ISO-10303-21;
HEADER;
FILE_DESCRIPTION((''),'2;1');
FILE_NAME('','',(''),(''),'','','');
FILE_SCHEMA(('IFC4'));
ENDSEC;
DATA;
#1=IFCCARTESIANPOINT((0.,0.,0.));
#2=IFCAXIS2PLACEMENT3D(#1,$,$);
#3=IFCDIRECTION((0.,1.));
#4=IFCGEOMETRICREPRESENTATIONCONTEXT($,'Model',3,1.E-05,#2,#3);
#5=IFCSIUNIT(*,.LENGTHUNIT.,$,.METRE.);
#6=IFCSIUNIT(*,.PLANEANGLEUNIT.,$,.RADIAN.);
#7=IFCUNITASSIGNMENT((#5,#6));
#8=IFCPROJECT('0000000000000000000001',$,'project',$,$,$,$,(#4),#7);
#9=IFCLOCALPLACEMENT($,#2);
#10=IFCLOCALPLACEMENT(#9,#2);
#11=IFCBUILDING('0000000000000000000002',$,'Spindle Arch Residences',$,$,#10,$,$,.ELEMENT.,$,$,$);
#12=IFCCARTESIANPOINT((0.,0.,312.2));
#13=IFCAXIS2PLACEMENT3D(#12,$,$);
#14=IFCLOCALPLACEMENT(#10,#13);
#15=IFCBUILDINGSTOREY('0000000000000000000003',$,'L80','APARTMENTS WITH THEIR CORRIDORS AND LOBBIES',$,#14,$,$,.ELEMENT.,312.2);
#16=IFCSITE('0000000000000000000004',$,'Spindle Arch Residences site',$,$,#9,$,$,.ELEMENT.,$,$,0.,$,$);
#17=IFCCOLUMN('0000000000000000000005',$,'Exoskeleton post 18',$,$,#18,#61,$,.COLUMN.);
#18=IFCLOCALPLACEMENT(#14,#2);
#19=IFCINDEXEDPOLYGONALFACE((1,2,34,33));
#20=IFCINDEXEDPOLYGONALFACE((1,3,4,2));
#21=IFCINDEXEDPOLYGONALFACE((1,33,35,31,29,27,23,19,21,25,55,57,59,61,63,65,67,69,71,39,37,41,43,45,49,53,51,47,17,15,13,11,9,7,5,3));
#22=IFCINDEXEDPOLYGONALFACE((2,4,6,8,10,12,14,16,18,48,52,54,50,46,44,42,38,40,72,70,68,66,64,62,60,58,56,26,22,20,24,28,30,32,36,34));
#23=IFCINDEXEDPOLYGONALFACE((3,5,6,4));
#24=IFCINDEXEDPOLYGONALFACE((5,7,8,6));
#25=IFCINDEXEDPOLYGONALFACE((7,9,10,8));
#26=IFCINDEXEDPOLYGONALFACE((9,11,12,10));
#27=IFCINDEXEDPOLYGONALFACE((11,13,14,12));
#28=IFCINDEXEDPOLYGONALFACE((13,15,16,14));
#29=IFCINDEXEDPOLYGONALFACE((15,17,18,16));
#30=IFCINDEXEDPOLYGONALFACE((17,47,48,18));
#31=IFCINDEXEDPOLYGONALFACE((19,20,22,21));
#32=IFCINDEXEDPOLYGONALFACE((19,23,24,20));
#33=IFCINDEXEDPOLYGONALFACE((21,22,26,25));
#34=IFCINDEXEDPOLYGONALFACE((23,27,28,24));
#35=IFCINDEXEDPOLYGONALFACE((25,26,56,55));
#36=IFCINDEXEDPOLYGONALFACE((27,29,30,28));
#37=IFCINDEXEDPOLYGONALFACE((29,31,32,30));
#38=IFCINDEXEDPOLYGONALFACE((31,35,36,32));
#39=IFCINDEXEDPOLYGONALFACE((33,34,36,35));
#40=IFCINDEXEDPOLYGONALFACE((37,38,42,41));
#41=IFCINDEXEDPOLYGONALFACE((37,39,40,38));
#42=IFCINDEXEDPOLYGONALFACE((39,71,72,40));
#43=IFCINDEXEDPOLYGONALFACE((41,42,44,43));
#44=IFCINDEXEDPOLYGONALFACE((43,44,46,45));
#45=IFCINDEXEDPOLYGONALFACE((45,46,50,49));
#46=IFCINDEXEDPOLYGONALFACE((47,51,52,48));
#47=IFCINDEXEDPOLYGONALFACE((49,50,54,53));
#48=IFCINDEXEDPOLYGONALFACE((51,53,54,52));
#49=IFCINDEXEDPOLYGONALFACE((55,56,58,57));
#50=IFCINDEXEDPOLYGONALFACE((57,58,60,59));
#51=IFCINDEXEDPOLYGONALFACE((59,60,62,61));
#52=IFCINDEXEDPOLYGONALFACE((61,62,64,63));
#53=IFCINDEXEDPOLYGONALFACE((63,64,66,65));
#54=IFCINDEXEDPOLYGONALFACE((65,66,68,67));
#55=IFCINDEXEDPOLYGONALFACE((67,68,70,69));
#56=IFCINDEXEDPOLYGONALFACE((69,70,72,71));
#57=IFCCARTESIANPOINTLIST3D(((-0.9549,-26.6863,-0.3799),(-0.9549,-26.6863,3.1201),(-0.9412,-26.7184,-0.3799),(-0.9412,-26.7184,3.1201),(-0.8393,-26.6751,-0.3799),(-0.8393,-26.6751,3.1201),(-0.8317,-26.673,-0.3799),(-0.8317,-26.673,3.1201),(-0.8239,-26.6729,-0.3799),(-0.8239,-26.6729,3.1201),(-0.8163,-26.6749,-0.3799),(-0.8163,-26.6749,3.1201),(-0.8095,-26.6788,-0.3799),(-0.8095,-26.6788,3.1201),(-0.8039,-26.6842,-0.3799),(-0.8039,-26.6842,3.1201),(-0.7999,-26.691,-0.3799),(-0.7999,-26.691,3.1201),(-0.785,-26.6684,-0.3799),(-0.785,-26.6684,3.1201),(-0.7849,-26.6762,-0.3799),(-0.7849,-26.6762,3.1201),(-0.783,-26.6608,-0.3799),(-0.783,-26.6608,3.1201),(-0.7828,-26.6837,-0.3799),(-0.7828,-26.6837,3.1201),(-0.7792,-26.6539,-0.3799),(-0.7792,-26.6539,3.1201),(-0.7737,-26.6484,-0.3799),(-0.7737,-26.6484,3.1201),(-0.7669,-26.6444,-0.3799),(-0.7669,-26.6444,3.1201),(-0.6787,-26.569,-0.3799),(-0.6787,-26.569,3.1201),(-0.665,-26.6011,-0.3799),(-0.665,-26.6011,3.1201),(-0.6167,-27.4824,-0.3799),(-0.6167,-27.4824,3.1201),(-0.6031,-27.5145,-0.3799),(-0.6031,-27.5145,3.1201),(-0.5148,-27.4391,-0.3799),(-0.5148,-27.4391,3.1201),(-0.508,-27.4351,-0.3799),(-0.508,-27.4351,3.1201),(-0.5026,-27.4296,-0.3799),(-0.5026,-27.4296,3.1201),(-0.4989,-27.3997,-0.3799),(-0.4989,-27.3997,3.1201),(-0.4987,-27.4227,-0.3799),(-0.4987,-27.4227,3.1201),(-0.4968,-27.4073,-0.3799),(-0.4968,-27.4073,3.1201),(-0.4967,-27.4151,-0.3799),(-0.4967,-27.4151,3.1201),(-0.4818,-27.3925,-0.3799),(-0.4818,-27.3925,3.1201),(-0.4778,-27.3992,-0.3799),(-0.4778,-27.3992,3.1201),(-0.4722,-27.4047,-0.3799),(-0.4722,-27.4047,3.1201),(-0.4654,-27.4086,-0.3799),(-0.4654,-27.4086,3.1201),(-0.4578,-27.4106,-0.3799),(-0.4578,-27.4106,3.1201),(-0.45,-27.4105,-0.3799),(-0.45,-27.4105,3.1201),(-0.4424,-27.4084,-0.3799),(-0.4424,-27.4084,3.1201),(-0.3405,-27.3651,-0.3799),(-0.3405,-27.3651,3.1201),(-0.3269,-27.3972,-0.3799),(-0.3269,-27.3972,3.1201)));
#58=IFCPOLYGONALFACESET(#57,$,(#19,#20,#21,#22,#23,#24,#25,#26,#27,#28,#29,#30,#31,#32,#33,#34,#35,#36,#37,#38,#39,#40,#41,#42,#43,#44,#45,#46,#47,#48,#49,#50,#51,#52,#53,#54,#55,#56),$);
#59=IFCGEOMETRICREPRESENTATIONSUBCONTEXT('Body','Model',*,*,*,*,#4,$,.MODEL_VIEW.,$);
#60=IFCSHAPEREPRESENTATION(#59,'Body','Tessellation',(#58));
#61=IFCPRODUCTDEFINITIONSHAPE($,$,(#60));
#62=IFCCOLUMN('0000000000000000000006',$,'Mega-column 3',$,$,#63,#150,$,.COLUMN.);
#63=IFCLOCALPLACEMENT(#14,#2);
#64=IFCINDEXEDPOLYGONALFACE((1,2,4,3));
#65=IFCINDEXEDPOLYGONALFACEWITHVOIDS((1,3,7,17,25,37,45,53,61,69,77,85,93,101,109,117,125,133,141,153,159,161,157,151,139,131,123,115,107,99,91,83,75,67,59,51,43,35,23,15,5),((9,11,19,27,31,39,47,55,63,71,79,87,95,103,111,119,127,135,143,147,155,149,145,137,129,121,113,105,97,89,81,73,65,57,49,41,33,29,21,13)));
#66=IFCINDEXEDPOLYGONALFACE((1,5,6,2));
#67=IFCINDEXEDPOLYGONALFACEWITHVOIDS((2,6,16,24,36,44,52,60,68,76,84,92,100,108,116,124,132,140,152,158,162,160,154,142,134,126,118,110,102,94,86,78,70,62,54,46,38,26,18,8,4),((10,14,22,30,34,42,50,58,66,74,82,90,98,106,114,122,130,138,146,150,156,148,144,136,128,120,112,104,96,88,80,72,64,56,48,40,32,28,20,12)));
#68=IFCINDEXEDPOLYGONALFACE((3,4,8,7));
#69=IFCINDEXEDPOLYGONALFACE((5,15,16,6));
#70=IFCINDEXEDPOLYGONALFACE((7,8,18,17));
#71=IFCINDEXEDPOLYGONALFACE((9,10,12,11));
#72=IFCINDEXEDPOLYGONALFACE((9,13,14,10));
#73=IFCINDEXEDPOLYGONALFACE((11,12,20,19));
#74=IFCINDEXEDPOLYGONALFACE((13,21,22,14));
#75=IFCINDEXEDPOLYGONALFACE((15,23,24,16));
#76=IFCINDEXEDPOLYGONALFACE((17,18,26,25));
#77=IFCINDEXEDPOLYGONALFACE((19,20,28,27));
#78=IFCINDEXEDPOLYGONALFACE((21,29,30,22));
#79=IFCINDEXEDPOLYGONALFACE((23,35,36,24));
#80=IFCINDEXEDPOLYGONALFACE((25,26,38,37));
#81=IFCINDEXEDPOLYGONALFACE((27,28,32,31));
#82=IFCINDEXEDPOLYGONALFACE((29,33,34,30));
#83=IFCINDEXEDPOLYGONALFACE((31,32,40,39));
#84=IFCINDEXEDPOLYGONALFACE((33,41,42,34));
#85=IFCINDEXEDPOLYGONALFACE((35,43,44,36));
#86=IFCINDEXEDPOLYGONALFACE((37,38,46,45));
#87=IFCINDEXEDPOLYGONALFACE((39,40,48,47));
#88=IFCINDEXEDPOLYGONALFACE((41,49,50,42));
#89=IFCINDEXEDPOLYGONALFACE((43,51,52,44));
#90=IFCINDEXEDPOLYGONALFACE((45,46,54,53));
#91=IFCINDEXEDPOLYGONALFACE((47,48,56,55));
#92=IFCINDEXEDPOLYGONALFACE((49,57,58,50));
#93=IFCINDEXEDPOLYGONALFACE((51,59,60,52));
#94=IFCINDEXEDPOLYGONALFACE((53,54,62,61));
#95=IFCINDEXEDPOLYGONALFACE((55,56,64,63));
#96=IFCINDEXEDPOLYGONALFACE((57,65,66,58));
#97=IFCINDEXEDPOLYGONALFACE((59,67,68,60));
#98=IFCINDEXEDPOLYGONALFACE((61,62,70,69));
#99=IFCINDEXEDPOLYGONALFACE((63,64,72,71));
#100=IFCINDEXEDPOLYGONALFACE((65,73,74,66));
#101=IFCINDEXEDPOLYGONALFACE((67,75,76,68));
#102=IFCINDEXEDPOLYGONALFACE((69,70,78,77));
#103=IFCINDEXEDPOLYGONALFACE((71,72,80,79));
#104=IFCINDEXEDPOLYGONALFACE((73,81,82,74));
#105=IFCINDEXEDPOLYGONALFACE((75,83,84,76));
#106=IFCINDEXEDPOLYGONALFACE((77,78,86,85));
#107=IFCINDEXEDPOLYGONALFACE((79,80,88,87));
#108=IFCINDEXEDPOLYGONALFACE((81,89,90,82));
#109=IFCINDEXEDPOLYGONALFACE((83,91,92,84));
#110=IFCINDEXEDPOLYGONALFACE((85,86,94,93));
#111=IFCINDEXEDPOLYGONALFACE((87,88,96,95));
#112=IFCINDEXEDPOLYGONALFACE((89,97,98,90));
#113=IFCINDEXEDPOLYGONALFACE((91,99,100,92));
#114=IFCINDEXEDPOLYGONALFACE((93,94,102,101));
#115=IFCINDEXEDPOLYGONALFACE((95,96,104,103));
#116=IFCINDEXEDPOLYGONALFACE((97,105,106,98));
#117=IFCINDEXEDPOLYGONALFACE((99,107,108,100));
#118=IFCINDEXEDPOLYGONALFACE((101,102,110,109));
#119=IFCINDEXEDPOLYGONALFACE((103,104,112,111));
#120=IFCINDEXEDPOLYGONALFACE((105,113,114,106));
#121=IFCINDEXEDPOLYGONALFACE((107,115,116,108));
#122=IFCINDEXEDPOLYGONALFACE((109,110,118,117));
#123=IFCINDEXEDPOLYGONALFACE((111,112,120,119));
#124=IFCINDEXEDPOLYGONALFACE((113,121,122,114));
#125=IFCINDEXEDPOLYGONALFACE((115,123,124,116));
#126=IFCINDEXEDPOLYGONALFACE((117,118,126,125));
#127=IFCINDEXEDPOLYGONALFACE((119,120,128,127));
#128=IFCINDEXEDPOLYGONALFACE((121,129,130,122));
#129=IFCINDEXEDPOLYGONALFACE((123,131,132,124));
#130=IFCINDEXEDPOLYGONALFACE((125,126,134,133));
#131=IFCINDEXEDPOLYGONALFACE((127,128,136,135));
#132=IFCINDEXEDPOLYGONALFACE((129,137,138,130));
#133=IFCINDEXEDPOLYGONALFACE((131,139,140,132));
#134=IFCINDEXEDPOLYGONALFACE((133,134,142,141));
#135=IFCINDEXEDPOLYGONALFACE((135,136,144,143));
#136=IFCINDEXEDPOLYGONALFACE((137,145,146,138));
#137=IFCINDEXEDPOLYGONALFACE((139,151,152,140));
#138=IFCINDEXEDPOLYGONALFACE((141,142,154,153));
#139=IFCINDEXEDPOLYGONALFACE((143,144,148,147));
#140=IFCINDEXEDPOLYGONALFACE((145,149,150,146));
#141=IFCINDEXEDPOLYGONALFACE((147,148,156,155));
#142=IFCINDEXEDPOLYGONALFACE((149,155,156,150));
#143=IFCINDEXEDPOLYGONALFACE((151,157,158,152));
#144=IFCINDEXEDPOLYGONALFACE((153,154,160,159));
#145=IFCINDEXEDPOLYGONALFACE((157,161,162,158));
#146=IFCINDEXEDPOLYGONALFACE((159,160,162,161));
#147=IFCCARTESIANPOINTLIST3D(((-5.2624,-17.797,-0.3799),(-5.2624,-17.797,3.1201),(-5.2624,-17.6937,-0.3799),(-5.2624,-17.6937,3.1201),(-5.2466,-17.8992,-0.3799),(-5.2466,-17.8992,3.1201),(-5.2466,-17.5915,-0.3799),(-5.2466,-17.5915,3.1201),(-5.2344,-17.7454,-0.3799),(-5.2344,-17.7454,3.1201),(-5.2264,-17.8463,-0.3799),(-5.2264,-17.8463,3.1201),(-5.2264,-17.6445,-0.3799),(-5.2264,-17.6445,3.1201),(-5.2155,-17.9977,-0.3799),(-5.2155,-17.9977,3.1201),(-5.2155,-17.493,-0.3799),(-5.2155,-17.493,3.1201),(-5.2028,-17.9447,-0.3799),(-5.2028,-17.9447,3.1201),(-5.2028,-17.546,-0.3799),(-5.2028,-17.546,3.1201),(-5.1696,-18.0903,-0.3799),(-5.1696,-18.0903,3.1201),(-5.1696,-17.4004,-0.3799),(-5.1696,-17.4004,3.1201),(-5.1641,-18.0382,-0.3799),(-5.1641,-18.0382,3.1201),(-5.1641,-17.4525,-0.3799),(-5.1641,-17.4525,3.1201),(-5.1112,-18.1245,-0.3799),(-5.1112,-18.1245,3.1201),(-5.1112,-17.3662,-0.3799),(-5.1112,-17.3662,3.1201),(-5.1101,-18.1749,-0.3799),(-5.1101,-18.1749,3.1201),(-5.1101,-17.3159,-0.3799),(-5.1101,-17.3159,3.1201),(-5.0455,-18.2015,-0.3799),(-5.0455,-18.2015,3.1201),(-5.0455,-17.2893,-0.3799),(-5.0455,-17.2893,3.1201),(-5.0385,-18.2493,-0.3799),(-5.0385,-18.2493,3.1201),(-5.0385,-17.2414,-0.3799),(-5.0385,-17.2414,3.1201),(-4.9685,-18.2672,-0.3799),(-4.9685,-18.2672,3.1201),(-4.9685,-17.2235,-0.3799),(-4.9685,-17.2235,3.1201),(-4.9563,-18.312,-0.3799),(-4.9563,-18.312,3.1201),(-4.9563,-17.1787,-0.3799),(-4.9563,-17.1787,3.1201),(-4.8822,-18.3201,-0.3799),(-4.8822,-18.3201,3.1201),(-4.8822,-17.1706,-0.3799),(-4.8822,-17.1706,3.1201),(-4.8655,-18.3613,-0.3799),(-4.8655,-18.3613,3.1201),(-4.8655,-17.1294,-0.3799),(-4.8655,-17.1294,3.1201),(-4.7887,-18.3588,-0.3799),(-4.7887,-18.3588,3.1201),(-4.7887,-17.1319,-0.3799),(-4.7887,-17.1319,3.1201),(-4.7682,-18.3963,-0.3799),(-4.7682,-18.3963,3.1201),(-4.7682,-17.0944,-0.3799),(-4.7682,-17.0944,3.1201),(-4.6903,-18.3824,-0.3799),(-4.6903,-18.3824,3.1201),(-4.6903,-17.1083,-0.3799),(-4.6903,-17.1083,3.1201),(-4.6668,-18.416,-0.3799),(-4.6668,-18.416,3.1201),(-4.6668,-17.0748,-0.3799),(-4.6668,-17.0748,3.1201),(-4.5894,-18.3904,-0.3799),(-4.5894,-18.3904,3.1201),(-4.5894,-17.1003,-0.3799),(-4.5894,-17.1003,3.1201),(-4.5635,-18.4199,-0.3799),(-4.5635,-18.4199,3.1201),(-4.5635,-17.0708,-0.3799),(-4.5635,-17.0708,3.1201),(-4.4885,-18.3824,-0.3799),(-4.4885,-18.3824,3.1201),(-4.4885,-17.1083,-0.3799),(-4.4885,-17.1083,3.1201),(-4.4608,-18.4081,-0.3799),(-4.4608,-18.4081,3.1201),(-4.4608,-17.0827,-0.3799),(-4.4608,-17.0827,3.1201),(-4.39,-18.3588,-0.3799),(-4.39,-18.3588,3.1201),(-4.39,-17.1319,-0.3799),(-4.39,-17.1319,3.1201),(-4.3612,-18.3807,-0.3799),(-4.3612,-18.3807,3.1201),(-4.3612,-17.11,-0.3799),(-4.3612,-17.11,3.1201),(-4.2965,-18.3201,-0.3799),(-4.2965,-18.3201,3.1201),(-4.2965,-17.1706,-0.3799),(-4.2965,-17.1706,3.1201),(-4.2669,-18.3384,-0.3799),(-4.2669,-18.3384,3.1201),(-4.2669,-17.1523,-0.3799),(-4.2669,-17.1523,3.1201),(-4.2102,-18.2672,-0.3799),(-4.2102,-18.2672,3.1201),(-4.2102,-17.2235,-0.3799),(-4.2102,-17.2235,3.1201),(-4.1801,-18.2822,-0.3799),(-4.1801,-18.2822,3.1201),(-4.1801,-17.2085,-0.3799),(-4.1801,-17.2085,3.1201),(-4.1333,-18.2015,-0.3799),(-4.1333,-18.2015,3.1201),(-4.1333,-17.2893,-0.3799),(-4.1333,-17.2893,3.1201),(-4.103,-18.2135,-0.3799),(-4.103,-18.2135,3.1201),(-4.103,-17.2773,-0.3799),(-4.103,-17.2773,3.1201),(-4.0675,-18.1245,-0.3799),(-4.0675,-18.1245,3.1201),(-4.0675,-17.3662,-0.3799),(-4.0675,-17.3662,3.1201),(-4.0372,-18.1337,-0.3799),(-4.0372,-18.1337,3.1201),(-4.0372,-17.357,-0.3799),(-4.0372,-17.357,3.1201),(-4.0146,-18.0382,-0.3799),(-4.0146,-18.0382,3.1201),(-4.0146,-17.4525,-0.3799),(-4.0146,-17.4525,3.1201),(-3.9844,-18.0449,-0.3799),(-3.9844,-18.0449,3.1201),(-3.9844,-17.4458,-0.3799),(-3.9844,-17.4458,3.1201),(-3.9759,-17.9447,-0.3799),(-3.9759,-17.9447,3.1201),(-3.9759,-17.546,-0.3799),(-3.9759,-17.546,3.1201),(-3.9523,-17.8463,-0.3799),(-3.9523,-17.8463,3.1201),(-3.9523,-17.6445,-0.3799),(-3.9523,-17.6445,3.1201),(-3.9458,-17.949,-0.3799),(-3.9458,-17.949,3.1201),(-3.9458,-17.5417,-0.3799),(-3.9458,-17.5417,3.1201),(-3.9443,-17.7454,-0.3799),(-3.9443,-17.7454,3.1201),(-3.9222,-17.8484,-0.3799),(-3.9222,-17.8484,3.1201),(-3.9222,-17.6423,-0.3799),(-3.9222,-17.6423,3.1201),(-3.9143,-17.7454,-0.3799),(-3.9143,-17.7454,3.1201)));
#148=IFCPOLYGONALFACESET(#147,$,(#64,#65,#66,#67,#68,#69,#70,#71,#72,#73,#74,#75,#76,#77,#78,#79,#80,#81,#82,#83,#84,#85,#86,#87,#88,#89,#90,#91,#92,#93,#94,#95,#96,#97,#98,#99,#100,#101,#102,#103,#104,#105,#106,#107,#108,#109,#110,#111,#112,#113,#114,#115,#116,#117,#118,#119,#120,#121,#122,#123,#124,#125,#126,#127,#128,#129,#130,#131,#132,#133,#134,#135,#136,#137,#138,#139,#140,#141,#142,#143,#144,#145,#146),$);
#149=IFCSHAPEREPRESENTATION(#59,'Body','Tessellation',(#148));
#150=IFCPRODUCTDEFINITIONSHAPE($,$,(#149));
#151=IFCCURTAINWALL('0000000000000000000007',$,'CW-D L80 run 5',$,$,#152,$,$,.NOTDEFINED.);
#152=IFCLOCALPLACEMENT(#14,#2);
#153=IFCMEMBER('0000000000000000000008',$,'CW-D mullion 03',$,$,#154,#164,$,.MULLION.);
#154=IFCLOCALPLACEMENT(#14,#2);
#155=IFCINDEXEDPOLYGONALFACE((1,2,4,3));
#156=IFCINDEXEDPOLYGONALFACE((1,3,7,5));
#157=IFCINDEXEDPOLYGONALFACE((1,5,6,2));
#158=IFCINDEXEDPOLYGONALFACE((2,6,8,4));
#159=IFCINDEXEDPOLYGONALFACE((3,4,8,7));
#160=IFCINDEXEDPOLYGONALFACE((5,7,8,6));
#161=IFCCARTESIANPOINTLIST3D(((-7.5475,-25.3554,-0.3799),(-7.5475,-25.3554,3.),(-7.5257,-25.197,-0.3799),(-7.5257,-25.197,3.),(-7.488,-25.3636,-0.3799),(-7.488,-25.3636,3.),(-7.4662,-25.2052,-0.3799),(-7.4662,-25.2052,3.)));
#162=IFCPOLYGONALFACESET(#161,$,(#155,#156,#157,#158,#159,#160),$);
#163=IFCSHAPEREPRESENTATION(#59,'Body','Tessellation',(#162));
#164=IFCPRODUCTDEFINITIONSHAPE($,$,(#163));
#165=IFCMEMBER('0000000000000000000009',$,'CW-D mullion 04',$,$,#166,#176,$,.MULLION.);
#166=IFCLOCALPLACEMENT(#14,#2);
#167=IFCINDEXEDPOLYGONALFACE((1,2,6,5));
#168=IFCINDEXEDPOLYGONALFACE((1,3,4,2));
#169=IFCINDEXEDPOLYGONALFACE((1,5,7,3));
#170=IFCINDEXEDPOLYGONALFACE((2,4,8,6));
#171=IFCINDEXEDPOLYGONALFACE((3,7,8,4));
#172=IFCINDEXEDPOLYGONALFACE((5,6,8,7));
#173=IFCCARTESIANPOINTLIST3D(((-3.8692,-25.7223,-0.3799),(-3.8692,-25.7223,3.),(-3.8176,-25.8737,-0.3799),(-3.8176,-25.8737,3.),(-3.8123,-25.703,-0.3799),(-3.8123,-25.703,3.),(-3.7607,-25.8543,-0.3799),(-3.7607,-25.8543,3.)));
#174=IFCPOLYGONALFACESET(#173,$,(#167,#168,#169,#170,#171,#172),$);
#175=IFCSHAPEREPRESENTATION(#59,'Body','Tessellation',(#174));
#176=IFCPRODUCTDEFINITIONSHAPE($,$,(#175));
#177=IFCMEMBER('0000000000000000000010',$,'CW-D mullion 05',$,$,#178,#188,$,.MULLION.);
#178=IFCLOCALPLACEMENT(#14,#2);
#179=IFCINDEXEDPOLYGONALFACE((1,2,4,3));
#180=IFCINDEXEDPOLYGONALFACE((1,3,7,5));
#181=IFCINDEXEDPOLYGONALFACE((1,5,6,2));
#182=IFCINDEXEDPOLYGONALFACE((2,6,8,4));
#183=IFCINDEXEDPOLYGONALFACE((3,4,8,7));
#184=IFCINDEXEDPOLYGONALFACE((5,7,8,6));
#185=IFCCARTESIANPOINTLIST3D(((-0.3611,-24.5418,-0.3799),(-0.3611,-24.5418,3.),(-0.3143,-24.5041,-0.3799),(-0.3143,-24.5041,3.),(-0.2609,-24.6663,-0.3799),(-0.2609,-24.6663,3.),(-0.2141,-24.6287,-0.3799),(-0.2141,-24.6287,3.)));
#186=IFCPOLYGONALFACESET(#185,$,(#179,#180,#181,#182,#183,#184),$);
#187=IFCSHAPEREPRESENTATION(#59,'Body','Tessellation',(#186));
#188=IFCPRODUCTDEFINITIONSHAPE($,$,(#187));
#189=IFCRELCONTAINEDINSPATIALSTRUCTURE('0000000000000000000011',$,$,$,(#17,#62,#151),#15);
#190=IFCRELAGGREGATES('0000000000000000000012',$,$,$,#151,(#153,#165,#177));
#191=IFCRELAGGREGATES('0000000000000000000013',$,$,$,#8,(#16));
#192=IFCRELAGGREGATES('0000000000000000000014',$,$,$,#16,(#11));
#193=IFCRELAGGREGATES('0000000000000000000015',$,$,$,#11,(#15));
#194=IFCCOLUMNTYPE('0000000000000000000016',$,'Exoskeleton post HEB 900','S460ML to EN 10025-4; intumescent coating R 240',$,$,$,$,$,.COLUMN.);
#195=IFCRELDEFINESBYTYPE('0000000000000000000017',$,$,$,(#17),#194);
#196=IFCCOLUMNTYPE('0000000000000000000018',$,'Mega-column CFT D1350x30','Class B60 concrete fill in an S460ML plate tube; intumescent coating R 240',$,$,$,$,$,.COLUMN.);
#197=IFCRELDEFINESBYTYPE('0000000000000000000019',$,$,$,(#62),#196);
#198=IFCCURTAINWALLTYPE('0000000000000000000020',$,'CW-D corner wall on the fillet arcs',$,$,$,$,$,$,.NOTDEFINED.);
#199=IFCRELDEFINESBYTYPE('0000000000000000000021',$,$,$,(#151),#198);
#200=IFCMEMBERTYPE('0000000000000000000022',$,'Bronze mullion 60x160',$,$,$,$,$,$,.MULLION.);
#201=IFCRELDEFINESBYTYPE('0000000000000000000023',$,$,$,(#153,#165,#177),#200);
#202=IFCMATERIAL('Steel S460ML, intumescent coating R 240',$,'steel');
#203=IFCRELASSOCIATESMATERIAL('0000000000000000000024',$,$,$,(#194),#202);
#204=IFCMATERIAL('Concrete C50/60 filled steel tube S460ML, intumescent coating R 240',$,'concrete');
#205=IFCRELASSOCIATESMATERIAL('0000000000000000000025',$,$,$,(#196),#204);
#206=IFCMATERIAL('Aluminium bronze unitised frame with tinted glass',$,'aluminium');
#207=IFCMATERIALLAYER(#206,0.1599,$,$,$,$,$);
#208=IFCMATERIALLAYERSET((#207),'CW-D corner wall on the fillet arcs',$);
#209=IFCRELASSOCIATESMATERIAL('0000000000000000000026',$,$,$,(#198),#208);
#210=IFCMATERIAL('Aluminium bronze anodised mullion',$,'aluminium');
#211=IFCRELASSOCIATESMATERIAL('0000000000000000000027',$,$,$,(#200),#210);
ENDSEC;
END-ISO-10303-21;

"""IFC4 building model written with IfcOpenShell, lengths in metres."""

from ifc_helpers import new_model, si_unit, direction, frame, origin, origin_2d, place, context, subcontext, project, spatial, rectangle, hollow_circle, i_section, extrude, material, layer, layer_set, material_profile, profile_set, type_object, element, aggregate, save


model = new_model("IFC4")

# Units and contexts
model_context = context("Model", 3, precision=1e-05, world=origin(), true_north=direction((0.0, 1.0)))
body_context = subcontext(model_context, "Body", "Model", "MODEL_VIEW")
ifc_project = project(units=[si_unit("LENGTHUNIT", "METRE"), si_unit("PLANEANGLEUNIT", "RADIAN")], contexts=[model_context])

# Site, building, storey
site_placement = place(None, origin())
site = spatial("IfcSite", under=ifc_project, at=site_placement, Name="Spindle Arch Residences site", CompositionType="ELEMENT", RefElevation=0.0)
building_placement = place(site_placement, origin())
building = spatial("IfcBuilding", under=site, at=building_placement, Name="Spindle Arch Residences", CompositionType="ELEMENT")
storey_placement = place(building_placement, frame((0.0, 0.0, 312.2)))
storey = spatial("IfcBuildingStorey", under=building, at=storey_placement, Name="L80", Description="APARTMENTS WITH THEIR CORRIDORS AND LOBBIES", CompositionType="ELEMENT", Elevation=312.2)

# Columns
ifc_material_1 = material(Name="Steel S460ML, intumescent coating R 240", Category="steel")
ifc_material_profile_1 = material_profile(ifc_material_1, i_section(OverallWidth=0.3, OverallDepth=0.8999, WebThickness=0.0186, FlangeThickness=0.0349, FilletRadius=0.03, at=origin_2d()), Name="HEB 900")
ifc_profile_set_1 = profile_set([ifc_material_profile_1], Name="Steel S460ML, intumescent coating R 240")
column_type_1 = type_object("IfcColumnType", Name="Exoskeleton post HEB 900", Description="S460ML to EN 10025-4; intumescent coating R 240", PredefinedType="COLUMN", material=ifc_profile_set_1)
column_1_placement = place(storey_placement, frame((-0.6409, -27.0417, -0.3799), z_axis=(0.0, 0.0, 1.0), x_axis=(-0.920422, -0.390926, 0.0)))
element("IfcColumn", 1, at=column_1_placement, inside=storey, type_object=column_type_1, Name="Exoskeleton post 18", PredefinedType="COLUMN", context=body_context, shape_type="SweptSolid", body=[
    extrude(i_section(OverallWidth=0.3, OverallDepth=0.8999, WebThickness=0.0186, FlangeThickness=0.0349, FilletRadius=0.03, at=origin_2d()), origin(), (0.0, 0.0, 1.0), 3.5),
])
ifc_material_2 = material(Name="Concrete C50/60 filled steel tube S460ML, intumescent coating R 240", Category="concrete")
ifc_material_profile_2 = material_profile(ifc_material_2, hollow_circle(Radius=0.675, WallThickness=0.03, at=origin_2d()), Name="CFT D1350x30")
ifc_profile_set_2 = profile_set([ifc_material_profile_2], Name="Concrete C50/60 filled steel tube S460ML, intumescent coating R 240")
column_type_2 = type_object("IfcColumnType", Name="Mega-column CFT D1350x30", Description="Class B60 concrete fill in an S460ML plate tube; intumescent coating R 240", PredefinedType="COLUMN", material=ifc_profile_set_2)
column_2_placement = place(storey_placement, frame((-4.5894, -17.7454, -0.3799), z_axis=(0.0, 0.0, 1.0), x_axis=(1.0, 0.0, 0.0)))
element("IfcColumn", 2, at=column_2_placement, inside=storey, type_object=column_type_2, Name="Mega-column 3", PredefinedType="COLUMN", context=body_context, shape_type="SweptSolid", body=[
    extrude(hollow_circle(Radius=0.675, WallThickness=0.03, at=origin_2d()), origin(), (0.0, 0.0, 1.0), 3.5),
])

# Curtain wall, members
ifc_material_3 = material(Name="Aluminium bronze unitised frame with tinted glass", Category="aluminium")
ifc_layer_1 = layer(ifc_material_3, 0.1599)
ifc_layer_set_1 = layer_set([ifc_layer_1], Name="CW-D corner wall on the fillet arcs")
curtain_wall_type = type_object("IfcCurtainWallType", Name="CW-D corner wall on the fillet arcs", PredefinedType="NOTDEFINED", material=ifc_layer_set_1)
curtain_wall_placement = place(storey_placement, origin())
curtain_wall = element("IfcCurtainWall", 3, at=curtain_wall_placement, inside=storey, type_object=curtain_wall_type, Name="CW-D L80 run 5", PredefinedType="NOTDEFINED")
ifc_material_4 = material(Name="Aluminium bronze anodised mullion", Category="aluminium")
ifc_material_profile_3 = material_profile(ifc_material_4, rectangle(XDim=0.1599, YDim=0.0601, at=origin_2d()), Name="MU 60x160")
ifc_profile_set_3 = profile_set([ifc_material_profile_3], Name="Aluminium bronze anodised mullion")
member_type_1 = type_object("IfcMemberType", Name="Bronze mullion 60x160", PredefinedType="MULLION", material=ifc_profile_set_3)
member_1_placement = place(storey_placement, frame((-7.5068, -25.2803, -0.3799), z_axis=(0.0, 0.0, 1.0), x_axis=(0.136292, 0.990669, 0.0)))
member_1 = element("IfcMember", 4, at=member_1_placement, type_object=member_type_1, Name="CW-D mullion 03", PredefinedType="MULLION", context=body_context, shape_type="SweptSolid", body=[
    extrude(rectangle(XDim=0.1599, YDim=0.0601, at=origin_2d()), origin(), (0.0, 0.0, 1.0), 3.3799),
])
member_2_placement = place(storey_placement, frame((-3.8149, -25.7883, -0.3799), z_axis=(0.0, 0.0, 1.0), x_axis=(-0.322816, 0.946462, 0.0)))
member_2 = element("IfcMember", 5, at=member_2_placement, type_object=member_type_1, Name="CW-D mullion 04", PredefinedType="MULLION", context=body_context, shape_type="SweptSolid", body=[
    extrude(rectangle(XDim=0.1599, YDim=0.0601, at=origin_2d()), origin(), (0.0, 0.0, 1.0), 3.3799),
])
member_3_placement = place(storey_placement, frame((-0.2876, -24.5852, -0.3799), z_axis=(0.0, 0.0, 1.0), x_axis=(-0.627057, 0.778973, 0.0)))
member_3 = element("IfcMember", 6, at=member_3_placement, type_object=member_type_1, Name="CW-D mullion 05", PredefinedType="MULLION", context=body_context, shape_type="SweptSolid", body=[
    extrude(rectangle(XDim=0.1599, YDim=0.0601, at=origin_2d()), origin(), (0.0, 0.0, 1.0), 3.3799),
])

aggregate(curtain_wall, [member_1, member_2, member_3])

save(model, "model.ifc")
